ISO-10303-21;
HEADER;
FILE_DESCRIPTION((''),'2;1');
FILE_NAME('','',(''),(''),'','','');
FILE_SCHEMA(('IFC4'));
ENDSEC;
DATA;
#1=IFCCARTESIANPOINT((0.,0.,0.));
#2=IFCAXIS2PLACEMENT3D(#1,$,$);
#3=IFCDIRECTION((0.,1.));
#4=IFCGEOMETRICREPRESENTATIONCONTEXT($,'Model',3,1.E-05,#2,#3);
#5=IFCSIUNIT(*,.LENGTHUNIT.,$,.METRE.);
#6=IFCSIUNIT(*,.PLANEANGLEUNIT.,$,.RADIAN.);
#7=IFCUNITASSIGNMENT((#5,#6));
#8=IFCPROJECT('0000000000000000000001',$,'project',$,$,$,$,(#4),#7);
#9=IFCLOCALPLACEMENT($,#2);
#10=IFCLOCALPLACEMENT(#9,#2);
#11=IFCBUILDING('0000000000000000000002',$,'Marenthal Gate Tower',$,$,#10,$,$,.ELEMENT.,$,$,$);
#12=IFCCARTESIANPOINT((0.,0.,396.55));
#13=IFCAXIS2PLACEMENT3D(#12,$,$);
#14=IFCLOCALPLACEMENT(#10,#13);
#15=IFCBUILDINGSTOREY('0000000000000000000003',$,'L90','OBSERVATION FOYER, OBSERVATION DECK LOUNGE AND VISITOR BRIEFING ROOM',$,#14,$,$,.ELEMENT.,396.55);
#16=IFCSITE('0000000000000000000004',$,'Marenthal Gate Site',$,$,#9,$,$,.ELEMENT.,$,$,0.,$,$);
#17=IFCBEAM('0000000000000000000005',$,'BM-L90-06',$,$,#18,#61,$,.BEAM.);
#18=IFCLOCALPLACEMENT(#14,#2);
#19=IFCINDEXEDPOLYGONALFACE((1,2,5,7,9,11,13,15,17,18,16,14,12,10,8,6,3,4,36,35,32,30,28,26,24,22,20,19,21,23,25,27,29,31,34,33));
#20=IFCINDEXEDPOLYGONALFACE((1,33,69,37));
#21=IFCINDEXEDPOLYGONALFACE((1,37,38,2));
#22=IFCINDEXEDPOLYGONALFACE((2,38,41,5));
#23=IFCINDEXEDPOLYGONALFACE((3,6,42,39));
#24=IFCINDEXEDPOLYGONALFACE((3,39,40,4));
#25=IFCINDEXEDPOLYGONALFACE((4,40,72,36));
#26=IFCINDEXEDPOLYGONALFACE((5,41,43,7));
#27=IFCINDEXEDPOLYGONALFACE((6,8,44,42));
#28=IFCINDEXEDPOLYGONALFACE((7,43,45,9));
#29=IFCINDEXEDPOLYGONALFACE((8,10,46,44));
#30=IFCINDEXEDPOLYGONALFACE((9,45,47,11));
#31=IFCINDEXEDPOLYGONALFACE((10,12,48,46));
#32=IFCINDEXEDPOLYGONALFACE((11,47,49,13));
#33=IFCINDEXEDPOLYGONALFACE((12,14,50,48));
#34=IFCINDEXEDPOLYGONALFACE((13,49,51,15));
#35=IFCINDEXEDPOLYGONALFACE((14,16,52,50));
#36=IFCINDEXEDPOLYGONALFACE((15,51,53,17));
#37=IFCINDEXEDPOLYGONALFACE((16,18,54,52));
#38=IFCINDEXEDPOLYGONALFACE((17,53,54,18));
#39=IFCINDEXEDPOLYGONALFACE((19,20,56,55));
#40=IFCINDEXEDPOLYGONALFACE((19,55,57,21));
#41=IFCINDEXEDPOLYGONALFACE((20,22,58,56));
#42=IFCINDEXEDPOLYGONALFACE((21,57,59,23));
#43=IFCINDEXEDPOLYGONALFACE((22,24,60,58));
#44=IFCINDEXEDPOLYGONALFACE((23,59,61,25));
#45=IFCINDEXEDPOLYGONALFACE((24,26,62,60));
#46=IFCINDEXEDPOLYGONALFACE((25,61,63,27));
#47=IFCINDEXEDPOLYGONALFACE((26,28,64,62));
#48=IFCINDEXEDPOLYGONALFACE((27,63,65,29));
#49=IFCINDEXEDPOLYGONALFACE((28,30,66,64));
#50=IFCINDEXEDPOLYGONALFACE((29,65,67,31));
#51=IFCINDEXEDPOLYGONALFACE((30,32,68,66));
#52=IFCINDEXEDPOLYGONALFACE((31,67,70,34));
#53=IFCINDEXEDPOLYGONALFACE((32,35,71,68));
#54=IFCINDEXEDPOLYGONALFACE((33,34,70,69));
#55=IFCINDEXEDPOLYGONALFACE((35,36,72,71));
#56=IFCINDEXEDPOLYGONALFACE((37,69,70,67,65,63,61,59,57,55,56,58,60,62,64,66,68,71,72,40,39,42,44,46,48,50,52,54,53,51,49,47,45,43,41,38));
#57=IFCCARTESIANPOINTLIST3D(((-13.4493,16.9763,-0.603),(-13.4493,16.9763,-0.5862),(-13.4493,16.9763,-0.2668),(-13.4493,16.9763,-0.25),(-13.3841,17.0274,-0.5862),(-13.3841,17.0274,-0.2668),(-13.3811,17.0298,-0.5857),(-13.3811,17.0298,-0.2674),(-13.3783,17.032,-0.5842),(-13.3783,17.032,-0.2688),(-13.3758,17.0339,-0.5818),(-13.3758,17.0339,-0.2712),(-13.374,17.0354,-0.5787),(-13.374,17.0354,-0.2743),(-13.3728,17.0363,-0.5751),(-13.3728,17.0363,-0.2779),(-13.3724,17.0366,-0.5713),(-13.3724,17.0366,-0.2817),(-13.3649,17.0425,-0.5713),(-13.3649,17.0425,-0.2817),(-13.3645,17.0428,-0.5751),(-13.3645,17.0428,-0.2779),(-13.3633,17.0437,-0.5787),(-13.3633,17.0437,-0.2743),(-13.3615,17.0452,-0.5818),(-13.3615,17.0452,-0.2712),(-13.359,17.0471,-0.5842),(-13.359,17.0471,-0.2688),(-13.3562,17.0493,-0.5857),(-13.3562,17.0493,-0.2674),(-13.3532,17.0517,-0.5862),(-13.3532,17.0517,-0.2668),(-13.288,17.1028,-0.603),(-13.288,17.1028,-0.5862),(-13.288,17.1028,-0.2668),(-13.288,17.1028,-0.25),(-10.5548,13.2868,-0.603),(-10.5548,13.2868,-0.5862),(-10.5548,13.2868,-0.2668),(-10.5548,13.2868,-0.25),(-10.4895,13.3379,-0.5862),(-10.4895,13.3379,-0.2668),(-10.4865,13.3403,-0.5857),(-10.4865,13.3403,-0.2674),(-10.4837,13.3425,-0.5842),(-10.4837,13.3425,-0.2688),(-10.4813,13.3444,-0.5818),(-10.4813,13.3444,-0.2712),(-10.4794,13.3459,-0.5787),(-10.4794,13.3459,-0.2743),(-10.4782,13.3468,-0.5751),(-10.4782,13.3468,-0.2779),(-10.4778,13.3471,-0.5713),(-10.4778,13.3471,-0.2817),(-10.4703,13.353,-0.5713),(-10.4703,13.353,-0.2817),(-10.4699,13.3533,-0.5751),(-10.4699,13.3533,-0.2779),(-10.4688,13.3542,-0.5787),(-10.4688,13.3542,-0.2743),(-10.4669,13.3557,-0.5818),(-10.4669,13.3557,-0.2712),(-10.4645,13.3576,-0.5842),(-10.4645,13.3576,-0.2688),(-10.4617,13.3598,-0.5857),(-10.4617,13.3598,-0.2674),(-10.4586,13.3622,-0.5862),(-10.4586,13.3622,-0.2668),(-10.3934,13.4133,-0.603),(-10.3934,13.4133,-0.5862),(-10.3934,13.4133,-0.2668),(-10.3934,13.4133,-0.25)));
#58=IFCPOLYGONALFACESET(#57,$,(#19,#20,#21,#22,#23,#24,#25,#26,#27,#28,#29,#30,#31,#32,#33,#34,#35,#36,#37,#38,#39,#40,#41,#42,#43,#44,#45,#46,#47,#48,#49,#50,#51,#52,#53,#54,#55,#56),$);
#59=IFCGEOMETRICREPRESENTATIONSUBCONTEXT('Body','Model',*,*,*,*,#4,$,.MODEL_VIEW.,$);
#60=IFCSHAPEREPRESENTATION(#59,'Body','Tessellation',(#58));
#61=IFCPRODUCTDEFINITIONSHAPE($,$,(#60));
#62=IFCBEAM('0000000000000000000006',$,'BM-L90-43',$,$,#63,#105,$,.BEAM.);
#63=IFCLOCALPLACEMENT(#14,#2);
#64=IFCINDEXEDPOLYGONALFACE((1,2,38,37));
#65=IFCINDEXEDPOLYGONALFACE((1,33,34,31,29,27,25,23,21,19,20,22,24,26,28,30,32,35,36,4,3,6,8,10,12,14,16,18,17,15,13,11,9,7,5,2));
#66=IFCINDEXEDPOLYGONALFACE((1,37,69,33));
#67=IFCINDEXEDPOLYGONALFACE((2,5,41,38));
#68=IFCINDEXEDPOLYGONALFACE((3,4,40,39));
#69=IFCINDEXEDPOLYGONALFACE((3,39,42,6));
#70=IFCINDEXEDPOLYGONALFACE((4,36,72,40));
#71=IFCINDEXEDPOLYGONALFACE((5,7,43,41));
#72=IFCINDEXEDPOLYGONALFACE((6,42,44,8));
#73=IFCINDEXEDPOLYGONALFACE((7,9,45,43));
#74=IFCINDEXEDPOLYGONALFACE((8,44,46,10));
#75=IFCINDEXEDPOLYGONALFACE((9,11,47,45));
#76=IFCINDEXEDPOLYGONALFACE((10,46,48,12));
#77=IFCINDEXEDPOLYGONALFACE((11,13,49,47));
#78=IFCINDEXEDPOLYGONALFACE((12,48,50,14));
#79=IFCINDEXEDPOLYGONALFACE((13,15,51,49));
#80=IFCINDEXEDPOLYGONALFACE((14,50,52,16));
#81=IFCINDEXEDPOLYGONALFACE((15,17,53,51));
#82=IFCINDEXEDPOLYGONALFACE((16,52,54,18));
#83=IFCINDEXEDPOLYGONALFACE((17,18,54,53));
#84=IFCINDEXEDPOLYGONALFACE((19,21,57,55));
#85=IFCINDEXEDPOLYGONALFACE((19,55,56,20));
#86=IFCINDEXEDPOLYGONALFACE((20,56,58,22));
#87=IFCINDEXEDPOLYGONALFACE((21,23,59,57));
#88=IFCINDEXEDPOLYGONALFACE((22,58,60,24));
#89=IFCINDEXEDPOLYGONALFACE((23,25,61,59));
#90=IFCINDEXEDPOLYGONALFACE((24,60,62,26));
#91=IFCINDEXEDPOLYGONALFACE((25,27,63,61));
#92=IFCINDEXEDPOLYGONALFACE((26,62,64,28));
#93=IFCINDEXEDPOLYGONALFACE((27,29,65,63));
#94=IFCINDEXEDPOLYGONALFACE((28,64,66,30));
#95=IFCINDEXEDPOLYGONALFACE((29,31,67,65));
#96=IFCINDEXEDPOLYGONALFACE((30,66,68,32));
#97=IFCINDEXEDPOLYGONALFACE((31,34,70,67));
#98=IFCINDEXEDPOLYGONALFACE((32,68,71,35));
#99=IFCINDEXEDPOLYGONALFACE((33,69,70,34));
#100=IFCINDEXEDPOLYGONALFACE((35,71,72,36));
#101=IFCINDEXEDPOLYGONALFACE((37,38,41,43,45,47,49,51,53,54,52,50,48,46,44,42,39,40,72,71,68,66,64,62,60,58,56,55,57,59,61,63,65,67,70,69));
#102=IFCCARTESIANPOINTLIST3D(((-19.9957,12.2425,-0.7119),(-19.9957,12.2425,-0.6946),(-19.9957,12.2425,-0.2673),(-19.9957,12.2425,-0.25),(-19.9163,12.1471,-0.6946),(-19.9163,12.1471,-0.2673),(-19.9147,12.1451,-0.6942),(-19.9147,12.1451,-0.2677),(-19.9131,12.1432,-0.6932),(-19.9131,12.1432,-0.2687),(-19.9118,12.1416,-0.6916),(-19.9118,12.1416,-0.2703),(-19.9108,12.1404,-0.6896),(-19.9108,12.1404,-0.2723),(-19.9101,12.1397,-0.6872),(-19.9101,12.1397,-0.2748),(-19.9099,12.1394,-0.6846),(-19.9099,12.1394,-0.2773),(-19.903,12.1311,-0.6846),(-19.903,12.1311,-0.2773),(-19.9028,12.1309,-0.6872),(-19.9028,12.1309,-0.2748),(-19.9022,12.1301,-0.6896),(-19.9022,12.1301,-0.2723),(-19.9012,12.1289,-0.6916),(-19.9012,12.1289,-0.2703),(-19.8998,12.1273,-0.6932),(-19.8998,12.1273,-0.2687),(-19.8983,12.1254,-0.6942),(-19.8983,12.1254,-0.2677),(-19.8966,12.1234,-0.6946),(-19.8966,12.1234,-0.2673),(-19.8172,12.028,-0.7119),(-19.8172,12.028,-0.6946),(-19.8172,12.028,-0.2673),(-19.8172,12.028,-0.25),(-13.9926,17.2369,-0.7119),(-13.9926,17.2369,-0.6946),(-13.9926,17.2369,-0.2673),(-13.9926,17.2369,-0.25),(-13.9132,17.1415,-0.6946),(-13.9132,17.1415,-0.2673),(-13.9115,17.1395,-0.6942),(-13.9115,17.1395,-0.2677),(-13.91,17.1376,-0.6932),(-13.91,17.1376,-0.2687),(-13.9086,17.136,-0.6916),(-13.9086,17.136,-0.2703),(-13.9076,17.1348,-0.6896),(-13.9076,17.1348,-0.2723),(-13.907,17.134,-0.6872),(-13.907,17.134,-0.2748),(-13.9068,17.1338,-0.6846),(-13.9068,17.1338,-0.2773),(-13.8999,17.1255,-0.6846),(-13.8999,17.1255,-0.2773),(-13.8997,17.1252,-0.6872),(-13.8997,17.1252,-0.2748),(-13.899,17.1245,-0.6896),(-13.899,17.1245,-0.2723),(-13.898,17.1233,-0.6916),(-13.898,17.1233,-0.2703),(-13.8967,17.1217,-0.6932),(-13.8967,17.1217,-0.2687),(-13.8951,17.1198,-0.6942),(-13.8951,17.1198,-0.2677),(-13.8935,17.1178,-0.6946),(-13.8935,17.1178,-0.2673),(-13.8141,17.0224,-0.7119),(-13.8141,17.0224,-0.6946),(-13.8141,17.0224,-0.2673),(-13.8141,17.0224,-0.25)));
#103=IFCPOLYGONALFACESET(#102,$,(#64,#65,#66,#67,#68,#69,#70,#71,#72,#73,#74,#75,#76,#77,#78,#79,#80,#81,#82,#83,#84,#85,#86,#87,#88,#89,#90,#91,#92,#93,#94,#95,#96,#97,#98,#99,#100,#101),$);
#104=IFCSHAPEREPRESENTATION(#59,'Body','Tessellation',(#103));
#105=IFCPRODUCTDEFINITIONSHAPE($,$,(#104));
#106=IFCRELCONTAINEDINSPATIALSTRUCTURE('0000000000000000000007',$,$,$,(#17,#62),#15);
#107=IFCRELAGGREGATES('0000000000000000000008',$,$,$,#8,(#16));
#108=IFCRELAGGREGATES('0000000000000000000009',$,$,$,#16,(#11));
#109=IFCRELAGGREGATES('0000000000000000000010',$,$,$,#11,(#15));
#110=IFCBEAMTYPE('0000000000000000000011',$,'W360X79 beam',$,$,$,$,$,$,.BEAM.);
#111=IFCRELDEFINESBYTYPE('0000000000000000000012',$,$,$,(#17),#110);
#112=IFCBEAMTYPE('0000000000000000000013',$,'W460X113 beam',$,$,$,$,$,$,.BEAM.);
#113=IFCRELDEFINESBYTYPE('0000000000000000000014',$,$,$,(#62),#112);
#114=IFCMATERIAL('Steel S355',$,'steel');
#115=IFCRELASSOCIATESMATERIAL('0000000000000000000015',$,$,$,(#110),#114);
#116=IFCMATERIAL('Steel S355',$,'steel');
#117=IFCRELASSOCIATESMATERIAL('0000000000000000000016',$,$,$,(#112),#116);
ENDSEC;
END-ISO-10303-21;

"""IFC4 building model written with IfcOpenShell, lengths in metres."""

from ifc_helpers import new_model, si_unit, direction, frame, origin, origin_2d, place, context, subcontext, project, spatial, i_section, extrude, material, material_profile, profile_set, type_object, element, save


model = new_model("IFC4")

# Units and contexts
model_context = context("Model", 3, precision=1e-05, world=origin(), true_north=direction((0.0, 1.0)))
body_context = subcontext(model_context, "Body", "Model", "MODEL_VIEW")
ifc_project = project(units=[si_unit("LENGTHUNIT", "METRE"), si_unit("PLANEANGLEUNIT", "RADIAN")], contexts=[model_context])

# Site, building, storey
site_placement = place(None, origin())
site = spatial("IfcSite", under=ifc_project, at=site_placement, Name="Marenthal Gate Site", CompositionType="ELEMENT", RefElevation=0.0)
building_placement = place(site_placement, origin())
building = spatial("IfcBuilding", under=site, at=building_placement, Name="Marenthal Gate Tower", CompositionType="ELEMENT")
storey_placement = place(building_placement, frame((0.0, 0.0, 396.55)))
storey = spatial("IfcBuildingStorey", under=building, at=storey_placement, Name="L90", Description="OBSERVATION FOYER, OBSERVATION DECK LOUNGE AND VISITOR BRIEFING ROOM", CompositionType="ELEMENT", Elevation=396.55)

# Beams
ifc_material_1 = material(Name="Steel S355", Category="steel")
ifc_material_profile_1 = material_profile(ifc_material_1, i_section(OverallWidth=0.2051, OverallDepth=0.353, WebThickness=0.0095, FlangeThickness=0.0168, FilletRadius=0.0149, at=origin_2d()), Name="W360X79")
ifc_profile_set_1 = profile_set([ifc_material_profile_1], Name="Steel S355")
beam_type_1 = type_object("IfcBeamType", Name="W360X79 beam", PredefinedType="BEAM", material=ifc_profile_set_1)
beam_1_placement = place(storey_placement, frame((-13.3687, 17.0396, -0.4265), z_axis=(0.617251, -0.786766, 0.0), x_axis=(0.786766, 0.617251, 0.0)))
element("IfcBeam", 1, at=beam_1_placement, inside=storey, type_object=beam_type_1, Name="BM-L90-06", PredefinedType="BEAM", context=body_context, shape_type="SweptSolid", body=[
    extrude(i_section(OverallWidth=0.2051, OverallDepth=0.353, WebThickness=0.0095, FlangeThickness=0.0168, FilletRadius=0.0149, at=origin_2d()), origin(), (0.0, 0.0, 1.0), 4.6895),
])
ifc_material_2 = material(Name="Steel S355", Category="steel")
ifc_material_profile_2 = material_profile(ifc_material_2, i_section(OverallWidth=0.2791, OverallDepth=0.4619, WebThickness=0.0107, FlangeThickness=0.0173, FilletRadius=0.01, at=origin_2d()), Name="W460X113")
ifc_profile_set_2 = profile_set([ifc_material_profile_2], Name="Steel S355")
beam_type_2 = type_object("IfcBeamType", Name="W460X113 beam", PredefinedType="BEAM", material=ifc_profile_set_2)
beam_2_placement = place(storey_placement, frame((-13.9033, 17.1296, -0.481), z_axis=(-0.768741, -0.63956, 0.0), x_axis=(0.63956, -0.768741, 0.0)))
element("IfcBeam", 2, at=beam_2_placement, inside=storey, type_object=beam_type_2, Name="BM-L90-43", PredefinedType="BEAM", context=body_context, shape_type="SweptSolid", body=[
    extrude(i_section(OverallWidth=0.2791, OverallDepth=0.4619, WebThickness=0.0107, FlangeThickness=0.0173, FilletRadius=0.01, at=origin_2d()), origin(), (0.0, 0.0, 1.0), 7.8091),
])

save(model, "model.ifc")
